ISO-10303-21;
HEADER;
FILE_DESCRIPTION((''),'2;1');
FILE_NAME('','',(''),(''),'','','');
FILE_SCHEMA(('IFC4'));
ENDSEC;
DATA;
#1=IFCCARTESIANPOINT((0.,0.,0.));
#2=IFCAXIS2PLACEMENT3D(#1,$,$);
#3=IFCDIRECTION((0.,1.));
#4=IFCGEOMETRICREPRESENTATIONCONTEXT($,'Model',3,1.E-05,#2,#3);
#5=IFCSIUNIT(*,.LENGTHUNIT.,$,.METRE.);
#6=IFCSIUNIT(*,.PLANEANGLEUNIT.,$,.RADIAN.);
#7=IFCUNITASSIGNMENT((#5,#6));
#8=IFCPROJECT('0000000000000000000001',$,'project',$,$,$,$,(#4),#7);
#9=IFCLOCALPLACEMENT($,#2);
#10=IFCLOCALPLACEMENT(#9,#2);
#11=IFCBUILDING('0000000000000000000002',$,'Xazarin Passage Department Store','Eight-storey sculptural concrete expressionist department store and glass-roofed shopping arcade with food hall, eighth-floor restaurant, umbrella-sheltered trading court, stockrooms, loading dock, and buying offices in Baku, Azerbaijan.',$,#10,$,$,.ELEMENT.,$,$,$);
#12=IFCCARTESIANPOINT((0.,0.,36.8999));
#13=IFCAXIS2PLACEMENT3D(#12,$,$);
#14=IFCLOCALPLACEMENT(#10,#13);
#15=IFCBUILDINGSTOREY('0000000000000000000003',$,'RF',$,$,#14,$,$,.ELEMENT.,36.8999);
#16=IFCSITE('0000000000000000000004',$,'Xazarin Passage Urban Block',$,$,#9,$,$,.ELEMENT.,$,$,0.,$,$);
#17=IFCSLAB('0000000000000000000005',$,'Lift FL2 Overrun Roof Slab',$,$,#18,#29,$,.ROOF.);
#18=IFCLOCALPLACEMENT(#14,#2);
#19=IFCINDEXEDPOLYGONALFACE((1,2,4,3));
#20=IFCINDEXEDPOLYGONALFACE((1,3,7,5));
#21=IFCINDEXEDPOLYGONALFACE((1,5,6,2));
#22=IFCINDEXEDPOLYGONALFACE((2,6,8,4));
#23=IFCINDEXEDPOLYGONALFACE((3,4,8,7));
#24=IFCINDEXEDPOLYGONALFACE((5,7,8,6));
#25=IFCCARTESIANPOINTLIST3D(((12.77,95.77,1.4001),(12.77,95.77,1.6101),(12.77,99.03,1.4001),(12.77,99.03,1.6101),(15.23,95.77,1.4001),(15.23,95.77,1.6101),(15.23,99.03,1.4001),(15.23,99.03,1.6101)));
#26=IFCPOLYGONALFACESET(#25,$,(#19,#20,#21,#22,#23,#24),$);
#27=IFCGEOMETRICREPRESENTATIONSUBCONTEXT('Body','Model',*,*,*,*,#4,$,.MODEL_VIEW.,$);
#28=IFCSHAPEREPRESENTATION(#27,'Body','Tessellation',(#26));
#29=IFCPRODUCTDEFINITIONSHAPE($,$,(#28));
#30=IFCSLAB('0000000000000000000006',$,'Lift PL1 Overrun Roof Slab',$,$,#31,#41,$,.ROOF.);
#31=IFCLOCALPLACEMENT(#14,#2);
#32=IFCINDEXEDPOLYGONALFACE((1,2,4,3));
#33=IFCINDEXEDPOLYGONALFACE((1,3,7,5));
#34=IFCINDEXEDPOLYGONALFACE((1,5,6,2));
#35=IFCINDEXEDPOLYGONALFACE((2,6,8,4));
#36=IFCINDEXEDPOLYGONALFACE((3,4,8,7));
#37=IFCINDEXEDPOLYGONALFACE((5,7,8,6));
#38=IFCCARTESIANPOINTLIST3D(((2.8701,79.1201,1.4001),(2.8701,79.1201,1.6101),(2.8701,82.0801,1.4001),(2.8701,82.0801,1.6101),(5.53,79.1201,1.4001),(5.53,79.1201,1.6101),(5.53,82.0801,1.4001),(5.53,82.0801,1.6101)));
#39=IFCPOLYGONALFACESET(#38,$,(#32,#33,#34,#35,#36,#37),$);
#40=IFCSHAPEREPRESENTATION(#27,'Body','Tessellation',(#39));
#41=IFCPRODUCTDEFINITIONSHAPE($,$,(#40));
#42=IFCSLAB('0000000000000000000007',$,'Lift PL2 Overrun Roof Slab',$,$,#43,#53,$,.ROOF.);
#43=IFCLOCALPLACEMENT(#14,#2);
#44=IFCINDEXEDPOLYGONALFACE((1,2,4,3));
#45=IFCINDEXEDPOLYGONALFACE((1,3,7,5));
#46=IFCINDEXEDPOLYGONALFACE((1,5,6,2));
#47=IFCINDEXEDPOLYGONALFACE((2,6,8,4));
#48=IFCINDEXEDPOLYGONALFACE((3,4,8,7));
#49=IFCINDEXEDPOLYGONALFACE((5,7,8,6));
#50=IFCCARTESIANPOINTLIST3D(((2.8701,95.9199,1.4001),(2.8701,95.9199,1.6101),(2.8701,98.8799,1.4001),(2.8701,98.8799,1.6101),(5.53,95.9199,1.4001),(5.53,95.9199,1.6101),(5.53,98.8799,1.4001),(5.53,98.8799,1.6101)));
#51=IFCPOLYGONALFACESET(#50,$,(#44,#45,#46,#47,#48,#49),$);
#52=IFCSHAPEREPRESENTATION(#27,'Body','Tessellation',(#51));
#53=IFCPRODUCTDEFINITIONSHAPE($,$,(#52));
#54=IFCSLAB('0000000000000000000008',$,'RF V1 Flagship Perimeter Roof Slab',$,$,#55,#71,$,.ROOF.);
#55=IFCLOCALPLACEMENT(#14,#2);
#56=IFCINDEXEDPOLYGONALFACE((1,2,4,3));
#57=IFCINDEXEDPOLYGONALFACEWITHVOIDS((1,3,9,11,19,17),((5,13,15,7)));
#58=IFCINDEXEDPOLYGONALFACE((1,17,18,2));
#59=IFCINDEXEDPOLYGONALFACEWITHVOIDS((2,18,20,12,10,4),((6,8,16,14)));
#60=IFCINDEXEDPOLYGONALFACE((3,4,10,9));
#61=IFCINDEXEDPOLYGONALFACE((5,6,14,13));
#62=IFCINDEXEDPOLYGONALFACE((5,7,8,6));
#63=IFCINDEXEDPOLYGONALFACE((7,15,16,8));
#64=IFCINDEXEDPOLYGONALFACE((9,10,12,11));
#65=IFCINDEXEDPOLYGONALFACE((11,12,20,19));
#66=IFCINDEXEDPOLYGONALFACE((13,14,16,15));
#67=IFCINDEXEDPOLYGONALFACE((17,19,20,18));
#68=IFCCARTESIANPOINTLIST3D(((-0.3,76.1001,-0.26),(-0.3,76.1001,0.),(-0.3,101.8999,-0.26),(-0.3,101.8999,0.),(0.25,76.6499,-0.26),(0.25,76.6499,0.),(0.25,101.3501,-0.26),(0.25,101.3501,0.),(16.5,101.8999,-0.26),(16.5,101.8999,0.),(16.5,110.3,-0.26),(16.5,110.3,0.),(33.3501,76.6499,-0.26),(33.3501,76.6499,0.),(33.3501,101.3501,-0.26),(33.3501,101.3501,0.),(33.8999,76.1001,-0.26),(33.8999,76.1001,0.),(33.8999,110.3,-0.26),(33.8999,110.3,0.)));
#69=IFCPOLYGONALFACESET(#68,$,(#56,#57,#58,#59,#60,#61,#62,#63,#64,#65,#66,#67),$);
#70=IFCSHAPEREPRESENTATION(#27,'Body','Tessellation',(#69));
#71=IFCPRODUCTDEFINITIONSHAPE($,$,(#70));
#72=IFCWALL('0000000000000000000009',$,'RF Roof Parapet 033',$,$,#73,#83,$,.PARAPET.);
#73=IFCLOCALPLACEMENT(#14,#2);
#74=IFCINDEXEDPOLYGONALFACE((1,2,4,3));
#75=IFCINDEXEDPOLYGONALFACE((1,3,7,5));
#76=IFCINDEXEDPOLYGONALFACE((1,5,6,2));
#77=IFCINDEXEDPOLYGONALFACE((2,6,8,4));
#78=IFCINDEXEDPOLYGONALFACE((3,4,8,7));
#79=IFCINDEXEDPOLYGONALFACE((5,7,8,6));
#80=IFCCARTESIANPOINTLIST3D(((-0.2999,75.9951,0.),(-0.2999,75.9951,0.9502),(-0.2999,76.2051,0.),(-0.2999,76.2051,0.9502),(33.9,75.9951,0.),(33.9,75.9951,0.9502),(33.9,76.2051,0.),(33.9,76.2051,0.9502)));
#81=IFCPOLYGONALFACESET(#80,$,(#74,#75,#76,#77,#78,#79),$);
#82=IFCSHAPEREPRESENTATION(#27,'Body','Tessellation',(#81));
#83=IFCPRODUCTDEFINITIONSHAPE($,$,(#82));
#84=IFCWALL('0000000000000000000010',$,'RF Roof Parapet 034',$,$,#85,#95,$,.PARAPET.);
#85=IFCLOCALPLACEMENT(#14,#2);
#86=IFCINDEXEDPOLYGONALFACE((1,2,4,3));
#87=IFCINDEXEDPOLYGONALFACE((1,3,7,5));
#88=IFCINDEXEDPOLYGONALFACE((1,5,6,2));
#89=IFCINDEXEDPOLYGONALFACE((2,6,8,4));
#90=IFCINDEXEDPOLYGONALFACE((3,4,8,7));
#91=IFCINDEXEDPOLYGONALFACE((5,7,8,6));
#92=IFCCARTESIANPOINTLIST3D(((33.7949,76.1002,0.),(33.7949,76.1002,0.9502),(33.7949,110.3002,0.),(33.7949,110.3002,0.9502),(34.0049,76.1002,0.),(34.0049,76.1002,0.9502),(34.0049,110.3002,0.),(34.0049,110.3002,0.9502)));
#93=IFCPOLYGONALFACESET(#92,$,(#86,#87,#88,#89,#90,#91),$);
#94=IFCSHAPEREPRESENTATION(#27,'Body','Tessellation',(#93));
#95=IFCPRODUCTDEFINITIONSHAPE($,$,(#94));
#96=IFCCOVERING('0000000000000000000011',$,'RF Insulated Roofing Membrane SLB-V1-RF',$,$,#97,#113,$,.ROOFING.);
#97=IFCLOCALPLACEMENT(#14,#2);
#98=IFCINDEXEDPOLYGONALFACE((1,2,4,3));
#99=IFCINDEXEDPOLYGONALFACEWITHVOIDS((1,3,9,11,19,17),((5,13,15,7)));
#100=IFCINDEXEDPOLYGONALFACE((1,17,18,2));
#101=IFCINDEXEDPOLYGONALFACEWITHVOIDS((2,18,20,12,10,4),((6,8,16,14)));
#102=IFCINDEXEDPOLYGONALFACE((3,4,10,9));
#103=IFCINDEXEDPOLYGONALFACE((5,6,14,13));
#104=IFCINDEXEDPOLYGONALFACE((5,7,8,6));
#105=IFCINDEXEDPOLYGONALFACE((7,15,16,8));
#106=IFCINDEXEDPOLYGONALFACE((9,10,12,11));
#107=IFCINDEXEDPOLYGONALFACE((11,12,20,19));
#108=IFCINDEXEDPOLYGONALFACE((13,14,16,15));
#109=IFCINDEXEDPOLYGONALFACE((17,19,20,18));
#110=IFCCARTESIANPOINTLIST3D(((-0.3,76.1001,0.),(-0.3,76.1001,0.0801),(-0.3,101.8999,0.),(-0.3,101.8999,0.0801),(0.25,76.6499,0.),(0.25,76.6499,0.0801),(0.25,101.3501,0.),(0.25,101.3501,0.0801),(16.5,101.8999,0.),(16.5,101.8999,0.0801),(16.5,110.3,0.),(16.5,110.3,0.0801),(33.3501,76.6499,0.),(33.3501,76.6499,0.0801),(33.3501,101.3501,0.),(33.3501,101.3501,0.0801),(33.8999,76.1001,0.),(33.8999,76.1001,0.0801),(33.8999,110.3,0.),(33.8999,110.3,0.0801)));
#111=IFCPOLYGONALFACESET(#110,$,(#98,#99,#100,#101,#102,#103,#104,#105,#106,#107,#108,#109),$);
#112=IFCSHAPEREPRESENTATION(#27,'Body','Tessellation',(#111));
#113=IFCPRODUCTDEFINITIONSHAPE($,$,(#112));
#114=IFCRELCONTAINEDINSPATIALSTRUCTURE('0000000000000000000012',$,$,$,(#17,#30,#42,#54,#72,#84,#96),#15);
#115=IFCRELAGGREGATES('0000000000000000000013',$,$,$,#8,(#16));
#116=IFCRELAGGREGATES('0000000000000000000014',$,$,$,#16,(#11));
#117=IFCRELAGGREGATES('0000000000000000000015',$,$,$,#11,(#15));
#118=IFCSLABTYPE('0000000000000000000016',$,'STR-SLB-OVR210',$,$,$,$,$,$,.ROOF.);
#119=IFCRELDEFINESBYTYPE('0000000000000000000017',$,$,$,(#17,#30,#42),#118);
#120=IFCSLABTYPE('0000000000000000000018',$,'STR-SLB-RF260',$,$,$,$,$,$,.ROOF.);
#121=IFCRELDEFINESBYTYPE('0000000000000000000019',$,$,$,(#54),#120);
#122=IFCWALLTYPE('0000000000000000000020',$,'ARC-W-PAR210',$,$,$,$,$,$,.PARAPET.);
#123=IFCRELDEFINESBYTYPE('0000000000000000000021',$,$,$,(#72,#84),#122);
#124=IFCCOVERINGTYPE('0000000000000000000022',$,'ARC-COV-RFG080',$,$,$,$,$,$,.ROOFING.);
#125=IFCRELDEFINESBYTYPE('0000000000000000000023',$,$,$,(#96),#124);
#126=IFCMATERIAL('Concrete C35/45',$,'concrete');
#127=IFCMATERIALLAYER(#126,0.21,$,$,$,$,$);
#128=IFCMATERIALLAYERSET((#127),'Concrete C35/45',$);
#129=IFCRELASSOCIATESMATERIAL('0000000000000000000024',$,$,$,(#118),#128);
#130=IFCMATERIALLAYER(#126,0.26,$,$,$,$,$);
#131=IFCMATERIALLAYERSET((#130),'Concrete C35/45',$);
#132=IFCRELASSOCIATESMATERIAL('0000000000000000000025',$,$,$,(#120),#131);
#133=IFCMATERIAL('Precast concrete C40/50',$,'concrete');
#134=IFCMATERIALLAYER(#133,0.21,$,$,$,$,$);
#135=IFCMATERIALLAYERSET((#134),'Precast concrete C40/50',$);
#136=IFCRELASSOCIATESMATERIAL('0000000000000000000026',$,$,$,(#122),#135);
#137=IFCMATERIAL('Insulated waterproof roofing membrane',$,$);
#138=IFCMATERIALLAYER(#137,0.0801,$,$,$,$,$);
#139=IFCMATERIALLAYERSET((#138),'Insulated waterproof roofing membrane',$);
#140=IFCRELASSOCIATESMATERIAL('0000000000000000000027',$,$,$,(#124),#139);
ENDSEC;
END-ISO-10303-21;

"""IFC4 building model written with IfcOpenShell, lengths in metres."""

from ifc_helpers import new_model, si_unit, direction, frame, frame_2d, origin, place, context, subcontext, project, spatial, polyline, rectangle, outline, extrude, material, layer, layer_set, type_object, element, save


model = new_model("IFC4")

# Units and contexts
model_context = context("Model", 3, precision=1e-05, world=origin(), true_north=direction((0.0, 1.0)))
body_context = subcontext(model_context, "Body", "Model", "MODEL_VIEW")
ifc_project = project(units=[si_unit("LENGTHUNIT", "METRE"), si_unit("PLANEANGLEUNIT", "RADIAN")], contexts=[model_context])

# Site, building, storey
site_placement = place(None, origin())
site = spatial("IfcSite", under=ifc_project, at=site_placement, Name="Xazarin Passage Urban Block", CompositionType="ELEMENT", RefElevation=0.0)
building_placement = place(site_placement, origin())
building = spatial("IfcBuilding", under=site, at=building_placement, Name="Xazarin Passage Department Store", Description="Eight-storey sculptural concrete expressionist department store and glass-roofed shopping arcade with food hall, eighth-floor restaurant, umbrella-sheltered trading court, stockrooms, loading dock, and buying offices in Baku, Azerbaijan.", CompositionType="ELEMENT")
storey_placement = place(building_placement, frame((0.0, 0.0, 36.8999)))
storey = spatial("IfcBuildingStorey", under=building, at=storey_placement, Name="RF", CompositionType="ELEMENT", Elevation=36.8999)

# Shared definitions
ifc_material_1 = material(Name="Concrete C35/45", Category="concrete")

# Slabs
ifc_layer_1 = layer(ifc_material_1, 0.21)
ifc_layer_set_1 = layer_set([ifc_layer_1], Name="Concrete C35/45")
slab_type_1 = type_object("IfcSlabType", Name="STR-SLB-OVR210", PredefinedType="ROOF", material=ifc_layer_set_1)
slab_1_placement = place(storey_placement, frame((0.0, 0.0, 1.4001)))
element("IfcSlab", 1, at=slab_1_placement, inside=storey, type_object=slab_type_1, Name="Lift FL2 Overrun Roof Slab", PredefinedType="ROOF", context=body_context, shape_type="SweptSolid", body=[
    extrude(outline(polyline([(12.77, 95.77), (15.23, 95.77), (15.23, 99.03), (12.77, 99.03), (12.77, 95.77)])), origin(), (0.0, 0.0, 1.0), 0.21),
])
slab_2_placement = place(storey_placement, frame((0.0, 0.0, 1.4001)))
element("IfcSlab", 2, at=slab_2_placement, inside=storey, type_object=slab_type_1, Name="Lift PL1 Overrun Roof Slab", PredefinedType="ROOF", context=body_context, shape_type="SweptSolid", body=[
    extrude(outline(polyline([(2.8701, 79.1201), (5.53, 79.1201), (5.53, 82.0801), (2.8701, 82.0801), (2.8701, 79.1201)])), origin(), (0.0, 0.0, 1.0), 0.21),
])
slab_3_placement = place(storey_placement, frame((0.0, 0.0, 1.4001)))
element("IfcSlab", 3, at=slab_3_placement, inside=storey, type_object=slab_type_1, Name="Lift PL2 Overrun Roof Slab", PredefinedType="ROOF", context=body_context, shape_type="SweptSolid", body=[
    extrude(outline(polyline([(2.8701, 95.9199), (5.53, 95.9199), (5.53, 98.8799), (2.8701, 98.8799), (2.8701, 95.9199)])), origin(), (0.0, 0.0, 1.0), 0.21),
])
ifc_layer_2 = layer(ifc_material_1, 0.26)
ifc_layer_set_2 = layer_set([ifc_layer_2], Name="Concrete C35/45")
slab_type_2 = type_object("IfcSlabType", Name="STR-SLB-RF260", PredefinedType="ROOF", material=ifc_layer_set_2)
slab_4_placement = place(storey_placement, frame((0.0, 0.0, -0.26)))
element("IfcSlab", 4, at=slab_4_placement, inside=storey, type_object=slab_type_2, Name="RF V1 Flagship Perimeter Roof Slab", PredefinedType="ROOF", context=body_context, shape_type="SweptSolid", body=[
    extrude(outline(polyline([(33.8999, 110.3), (16.5, 110.3), (16.5, 101.8999), (-0.3, 101.8999), (-0.3, 76.1001), (33.8999, 76.1001), (33.8999, 110.3)]), holes=[polyline([(33.3501, 76.6499), (0.25, 76.6499), (0.25, 101.3501), (33.3501, 101.3501), (33.3501, 76.6499)])]), origin(), (0.0, 0.0, 1.0), 0.26),
])

# Walls
ifc_material_2 = material(Name="Precast concrete C40/50", Category="concrete")
ifc_layer_3 = layer(ifc_material_2, 0.21)
ifc_layer_set_3 = layer_set([ifc_layer_3], Name="Precast concrete C40/50")
wall_type = type_object("IfcWallType", Name="ARC-W-PAR210", PredefinedType="PARAPET", material=ifc_layer_set_3)
for number, where, z_axis, x_axis, name in (
    (5, (-0.3, 76.1001, 0.0), (0.0, 0.0, 1.0), (1.0, 0.0, 0.0), "RF Roof Parapet 033"),
    (6, (33.8999, 76.1001, 0.0), (0.0, 0.0, 1.0), (0.0, 1.0, 0.0), "RF Roof Parapet 034"),
):
    element("IfcWall", number, at=place(storey_placement, frame(where, z_axis=z_axis, x_axis=x_axis)), inside=storey, type_object=wall_type, Name=name, PredefinedType="PARAPET", context=body_context, shape_type="SweptSolid", body=[
        extrude(rectangle(XDim=34.2, YDim=0.21, at=frame_2d((17.1001, 0.0))), origin(), (0.0, 0.0, 1.0), 0.9502),
    ])

# Covering
ifc_material_3 = material(Name="Insulated waterproof roofing membrane")
ifc_layer_4 = layer(ifc_material_3, 0.0801)
ifc_layer_set_4 = layer_set([ifc_layer_4], Name="Insulated waterproof roofing membrane")
covering_type = type_object("IfcCoveringType", Name="ARC-COV-RFG080", PredefinedType="ROOFING", material=ifc_layer_set_4)
covering_placement = place(storey_placement, origin())
element("IfcCovering", 7, at=covering_placement, inside=storey, type_object=covering_type, Name="RF Insulated Roofing Membrane SLB-V1-RF", PredefinedType="ROOFING", context=body_context, shape_type="SweptSolid", body=[
    extrude(outline(polyline([(16.5, 110.3), (16.5, 101.8999), (-0.3, 101.8999), (-0.3, 76.1001), (33.8999, 76.1001), (33.8999, 110.3), (16.5, 110.3)]), holes=[polyline([(0.25, 76.6499), (0.25, 101.3501), (33.3501, 101.3501), (33.3501, 76.6499), (0.25, 76.6499)])]), origin(), (0.0, 0.0, 1.0), 0.0801),
])

save(model, "model.ifc")
